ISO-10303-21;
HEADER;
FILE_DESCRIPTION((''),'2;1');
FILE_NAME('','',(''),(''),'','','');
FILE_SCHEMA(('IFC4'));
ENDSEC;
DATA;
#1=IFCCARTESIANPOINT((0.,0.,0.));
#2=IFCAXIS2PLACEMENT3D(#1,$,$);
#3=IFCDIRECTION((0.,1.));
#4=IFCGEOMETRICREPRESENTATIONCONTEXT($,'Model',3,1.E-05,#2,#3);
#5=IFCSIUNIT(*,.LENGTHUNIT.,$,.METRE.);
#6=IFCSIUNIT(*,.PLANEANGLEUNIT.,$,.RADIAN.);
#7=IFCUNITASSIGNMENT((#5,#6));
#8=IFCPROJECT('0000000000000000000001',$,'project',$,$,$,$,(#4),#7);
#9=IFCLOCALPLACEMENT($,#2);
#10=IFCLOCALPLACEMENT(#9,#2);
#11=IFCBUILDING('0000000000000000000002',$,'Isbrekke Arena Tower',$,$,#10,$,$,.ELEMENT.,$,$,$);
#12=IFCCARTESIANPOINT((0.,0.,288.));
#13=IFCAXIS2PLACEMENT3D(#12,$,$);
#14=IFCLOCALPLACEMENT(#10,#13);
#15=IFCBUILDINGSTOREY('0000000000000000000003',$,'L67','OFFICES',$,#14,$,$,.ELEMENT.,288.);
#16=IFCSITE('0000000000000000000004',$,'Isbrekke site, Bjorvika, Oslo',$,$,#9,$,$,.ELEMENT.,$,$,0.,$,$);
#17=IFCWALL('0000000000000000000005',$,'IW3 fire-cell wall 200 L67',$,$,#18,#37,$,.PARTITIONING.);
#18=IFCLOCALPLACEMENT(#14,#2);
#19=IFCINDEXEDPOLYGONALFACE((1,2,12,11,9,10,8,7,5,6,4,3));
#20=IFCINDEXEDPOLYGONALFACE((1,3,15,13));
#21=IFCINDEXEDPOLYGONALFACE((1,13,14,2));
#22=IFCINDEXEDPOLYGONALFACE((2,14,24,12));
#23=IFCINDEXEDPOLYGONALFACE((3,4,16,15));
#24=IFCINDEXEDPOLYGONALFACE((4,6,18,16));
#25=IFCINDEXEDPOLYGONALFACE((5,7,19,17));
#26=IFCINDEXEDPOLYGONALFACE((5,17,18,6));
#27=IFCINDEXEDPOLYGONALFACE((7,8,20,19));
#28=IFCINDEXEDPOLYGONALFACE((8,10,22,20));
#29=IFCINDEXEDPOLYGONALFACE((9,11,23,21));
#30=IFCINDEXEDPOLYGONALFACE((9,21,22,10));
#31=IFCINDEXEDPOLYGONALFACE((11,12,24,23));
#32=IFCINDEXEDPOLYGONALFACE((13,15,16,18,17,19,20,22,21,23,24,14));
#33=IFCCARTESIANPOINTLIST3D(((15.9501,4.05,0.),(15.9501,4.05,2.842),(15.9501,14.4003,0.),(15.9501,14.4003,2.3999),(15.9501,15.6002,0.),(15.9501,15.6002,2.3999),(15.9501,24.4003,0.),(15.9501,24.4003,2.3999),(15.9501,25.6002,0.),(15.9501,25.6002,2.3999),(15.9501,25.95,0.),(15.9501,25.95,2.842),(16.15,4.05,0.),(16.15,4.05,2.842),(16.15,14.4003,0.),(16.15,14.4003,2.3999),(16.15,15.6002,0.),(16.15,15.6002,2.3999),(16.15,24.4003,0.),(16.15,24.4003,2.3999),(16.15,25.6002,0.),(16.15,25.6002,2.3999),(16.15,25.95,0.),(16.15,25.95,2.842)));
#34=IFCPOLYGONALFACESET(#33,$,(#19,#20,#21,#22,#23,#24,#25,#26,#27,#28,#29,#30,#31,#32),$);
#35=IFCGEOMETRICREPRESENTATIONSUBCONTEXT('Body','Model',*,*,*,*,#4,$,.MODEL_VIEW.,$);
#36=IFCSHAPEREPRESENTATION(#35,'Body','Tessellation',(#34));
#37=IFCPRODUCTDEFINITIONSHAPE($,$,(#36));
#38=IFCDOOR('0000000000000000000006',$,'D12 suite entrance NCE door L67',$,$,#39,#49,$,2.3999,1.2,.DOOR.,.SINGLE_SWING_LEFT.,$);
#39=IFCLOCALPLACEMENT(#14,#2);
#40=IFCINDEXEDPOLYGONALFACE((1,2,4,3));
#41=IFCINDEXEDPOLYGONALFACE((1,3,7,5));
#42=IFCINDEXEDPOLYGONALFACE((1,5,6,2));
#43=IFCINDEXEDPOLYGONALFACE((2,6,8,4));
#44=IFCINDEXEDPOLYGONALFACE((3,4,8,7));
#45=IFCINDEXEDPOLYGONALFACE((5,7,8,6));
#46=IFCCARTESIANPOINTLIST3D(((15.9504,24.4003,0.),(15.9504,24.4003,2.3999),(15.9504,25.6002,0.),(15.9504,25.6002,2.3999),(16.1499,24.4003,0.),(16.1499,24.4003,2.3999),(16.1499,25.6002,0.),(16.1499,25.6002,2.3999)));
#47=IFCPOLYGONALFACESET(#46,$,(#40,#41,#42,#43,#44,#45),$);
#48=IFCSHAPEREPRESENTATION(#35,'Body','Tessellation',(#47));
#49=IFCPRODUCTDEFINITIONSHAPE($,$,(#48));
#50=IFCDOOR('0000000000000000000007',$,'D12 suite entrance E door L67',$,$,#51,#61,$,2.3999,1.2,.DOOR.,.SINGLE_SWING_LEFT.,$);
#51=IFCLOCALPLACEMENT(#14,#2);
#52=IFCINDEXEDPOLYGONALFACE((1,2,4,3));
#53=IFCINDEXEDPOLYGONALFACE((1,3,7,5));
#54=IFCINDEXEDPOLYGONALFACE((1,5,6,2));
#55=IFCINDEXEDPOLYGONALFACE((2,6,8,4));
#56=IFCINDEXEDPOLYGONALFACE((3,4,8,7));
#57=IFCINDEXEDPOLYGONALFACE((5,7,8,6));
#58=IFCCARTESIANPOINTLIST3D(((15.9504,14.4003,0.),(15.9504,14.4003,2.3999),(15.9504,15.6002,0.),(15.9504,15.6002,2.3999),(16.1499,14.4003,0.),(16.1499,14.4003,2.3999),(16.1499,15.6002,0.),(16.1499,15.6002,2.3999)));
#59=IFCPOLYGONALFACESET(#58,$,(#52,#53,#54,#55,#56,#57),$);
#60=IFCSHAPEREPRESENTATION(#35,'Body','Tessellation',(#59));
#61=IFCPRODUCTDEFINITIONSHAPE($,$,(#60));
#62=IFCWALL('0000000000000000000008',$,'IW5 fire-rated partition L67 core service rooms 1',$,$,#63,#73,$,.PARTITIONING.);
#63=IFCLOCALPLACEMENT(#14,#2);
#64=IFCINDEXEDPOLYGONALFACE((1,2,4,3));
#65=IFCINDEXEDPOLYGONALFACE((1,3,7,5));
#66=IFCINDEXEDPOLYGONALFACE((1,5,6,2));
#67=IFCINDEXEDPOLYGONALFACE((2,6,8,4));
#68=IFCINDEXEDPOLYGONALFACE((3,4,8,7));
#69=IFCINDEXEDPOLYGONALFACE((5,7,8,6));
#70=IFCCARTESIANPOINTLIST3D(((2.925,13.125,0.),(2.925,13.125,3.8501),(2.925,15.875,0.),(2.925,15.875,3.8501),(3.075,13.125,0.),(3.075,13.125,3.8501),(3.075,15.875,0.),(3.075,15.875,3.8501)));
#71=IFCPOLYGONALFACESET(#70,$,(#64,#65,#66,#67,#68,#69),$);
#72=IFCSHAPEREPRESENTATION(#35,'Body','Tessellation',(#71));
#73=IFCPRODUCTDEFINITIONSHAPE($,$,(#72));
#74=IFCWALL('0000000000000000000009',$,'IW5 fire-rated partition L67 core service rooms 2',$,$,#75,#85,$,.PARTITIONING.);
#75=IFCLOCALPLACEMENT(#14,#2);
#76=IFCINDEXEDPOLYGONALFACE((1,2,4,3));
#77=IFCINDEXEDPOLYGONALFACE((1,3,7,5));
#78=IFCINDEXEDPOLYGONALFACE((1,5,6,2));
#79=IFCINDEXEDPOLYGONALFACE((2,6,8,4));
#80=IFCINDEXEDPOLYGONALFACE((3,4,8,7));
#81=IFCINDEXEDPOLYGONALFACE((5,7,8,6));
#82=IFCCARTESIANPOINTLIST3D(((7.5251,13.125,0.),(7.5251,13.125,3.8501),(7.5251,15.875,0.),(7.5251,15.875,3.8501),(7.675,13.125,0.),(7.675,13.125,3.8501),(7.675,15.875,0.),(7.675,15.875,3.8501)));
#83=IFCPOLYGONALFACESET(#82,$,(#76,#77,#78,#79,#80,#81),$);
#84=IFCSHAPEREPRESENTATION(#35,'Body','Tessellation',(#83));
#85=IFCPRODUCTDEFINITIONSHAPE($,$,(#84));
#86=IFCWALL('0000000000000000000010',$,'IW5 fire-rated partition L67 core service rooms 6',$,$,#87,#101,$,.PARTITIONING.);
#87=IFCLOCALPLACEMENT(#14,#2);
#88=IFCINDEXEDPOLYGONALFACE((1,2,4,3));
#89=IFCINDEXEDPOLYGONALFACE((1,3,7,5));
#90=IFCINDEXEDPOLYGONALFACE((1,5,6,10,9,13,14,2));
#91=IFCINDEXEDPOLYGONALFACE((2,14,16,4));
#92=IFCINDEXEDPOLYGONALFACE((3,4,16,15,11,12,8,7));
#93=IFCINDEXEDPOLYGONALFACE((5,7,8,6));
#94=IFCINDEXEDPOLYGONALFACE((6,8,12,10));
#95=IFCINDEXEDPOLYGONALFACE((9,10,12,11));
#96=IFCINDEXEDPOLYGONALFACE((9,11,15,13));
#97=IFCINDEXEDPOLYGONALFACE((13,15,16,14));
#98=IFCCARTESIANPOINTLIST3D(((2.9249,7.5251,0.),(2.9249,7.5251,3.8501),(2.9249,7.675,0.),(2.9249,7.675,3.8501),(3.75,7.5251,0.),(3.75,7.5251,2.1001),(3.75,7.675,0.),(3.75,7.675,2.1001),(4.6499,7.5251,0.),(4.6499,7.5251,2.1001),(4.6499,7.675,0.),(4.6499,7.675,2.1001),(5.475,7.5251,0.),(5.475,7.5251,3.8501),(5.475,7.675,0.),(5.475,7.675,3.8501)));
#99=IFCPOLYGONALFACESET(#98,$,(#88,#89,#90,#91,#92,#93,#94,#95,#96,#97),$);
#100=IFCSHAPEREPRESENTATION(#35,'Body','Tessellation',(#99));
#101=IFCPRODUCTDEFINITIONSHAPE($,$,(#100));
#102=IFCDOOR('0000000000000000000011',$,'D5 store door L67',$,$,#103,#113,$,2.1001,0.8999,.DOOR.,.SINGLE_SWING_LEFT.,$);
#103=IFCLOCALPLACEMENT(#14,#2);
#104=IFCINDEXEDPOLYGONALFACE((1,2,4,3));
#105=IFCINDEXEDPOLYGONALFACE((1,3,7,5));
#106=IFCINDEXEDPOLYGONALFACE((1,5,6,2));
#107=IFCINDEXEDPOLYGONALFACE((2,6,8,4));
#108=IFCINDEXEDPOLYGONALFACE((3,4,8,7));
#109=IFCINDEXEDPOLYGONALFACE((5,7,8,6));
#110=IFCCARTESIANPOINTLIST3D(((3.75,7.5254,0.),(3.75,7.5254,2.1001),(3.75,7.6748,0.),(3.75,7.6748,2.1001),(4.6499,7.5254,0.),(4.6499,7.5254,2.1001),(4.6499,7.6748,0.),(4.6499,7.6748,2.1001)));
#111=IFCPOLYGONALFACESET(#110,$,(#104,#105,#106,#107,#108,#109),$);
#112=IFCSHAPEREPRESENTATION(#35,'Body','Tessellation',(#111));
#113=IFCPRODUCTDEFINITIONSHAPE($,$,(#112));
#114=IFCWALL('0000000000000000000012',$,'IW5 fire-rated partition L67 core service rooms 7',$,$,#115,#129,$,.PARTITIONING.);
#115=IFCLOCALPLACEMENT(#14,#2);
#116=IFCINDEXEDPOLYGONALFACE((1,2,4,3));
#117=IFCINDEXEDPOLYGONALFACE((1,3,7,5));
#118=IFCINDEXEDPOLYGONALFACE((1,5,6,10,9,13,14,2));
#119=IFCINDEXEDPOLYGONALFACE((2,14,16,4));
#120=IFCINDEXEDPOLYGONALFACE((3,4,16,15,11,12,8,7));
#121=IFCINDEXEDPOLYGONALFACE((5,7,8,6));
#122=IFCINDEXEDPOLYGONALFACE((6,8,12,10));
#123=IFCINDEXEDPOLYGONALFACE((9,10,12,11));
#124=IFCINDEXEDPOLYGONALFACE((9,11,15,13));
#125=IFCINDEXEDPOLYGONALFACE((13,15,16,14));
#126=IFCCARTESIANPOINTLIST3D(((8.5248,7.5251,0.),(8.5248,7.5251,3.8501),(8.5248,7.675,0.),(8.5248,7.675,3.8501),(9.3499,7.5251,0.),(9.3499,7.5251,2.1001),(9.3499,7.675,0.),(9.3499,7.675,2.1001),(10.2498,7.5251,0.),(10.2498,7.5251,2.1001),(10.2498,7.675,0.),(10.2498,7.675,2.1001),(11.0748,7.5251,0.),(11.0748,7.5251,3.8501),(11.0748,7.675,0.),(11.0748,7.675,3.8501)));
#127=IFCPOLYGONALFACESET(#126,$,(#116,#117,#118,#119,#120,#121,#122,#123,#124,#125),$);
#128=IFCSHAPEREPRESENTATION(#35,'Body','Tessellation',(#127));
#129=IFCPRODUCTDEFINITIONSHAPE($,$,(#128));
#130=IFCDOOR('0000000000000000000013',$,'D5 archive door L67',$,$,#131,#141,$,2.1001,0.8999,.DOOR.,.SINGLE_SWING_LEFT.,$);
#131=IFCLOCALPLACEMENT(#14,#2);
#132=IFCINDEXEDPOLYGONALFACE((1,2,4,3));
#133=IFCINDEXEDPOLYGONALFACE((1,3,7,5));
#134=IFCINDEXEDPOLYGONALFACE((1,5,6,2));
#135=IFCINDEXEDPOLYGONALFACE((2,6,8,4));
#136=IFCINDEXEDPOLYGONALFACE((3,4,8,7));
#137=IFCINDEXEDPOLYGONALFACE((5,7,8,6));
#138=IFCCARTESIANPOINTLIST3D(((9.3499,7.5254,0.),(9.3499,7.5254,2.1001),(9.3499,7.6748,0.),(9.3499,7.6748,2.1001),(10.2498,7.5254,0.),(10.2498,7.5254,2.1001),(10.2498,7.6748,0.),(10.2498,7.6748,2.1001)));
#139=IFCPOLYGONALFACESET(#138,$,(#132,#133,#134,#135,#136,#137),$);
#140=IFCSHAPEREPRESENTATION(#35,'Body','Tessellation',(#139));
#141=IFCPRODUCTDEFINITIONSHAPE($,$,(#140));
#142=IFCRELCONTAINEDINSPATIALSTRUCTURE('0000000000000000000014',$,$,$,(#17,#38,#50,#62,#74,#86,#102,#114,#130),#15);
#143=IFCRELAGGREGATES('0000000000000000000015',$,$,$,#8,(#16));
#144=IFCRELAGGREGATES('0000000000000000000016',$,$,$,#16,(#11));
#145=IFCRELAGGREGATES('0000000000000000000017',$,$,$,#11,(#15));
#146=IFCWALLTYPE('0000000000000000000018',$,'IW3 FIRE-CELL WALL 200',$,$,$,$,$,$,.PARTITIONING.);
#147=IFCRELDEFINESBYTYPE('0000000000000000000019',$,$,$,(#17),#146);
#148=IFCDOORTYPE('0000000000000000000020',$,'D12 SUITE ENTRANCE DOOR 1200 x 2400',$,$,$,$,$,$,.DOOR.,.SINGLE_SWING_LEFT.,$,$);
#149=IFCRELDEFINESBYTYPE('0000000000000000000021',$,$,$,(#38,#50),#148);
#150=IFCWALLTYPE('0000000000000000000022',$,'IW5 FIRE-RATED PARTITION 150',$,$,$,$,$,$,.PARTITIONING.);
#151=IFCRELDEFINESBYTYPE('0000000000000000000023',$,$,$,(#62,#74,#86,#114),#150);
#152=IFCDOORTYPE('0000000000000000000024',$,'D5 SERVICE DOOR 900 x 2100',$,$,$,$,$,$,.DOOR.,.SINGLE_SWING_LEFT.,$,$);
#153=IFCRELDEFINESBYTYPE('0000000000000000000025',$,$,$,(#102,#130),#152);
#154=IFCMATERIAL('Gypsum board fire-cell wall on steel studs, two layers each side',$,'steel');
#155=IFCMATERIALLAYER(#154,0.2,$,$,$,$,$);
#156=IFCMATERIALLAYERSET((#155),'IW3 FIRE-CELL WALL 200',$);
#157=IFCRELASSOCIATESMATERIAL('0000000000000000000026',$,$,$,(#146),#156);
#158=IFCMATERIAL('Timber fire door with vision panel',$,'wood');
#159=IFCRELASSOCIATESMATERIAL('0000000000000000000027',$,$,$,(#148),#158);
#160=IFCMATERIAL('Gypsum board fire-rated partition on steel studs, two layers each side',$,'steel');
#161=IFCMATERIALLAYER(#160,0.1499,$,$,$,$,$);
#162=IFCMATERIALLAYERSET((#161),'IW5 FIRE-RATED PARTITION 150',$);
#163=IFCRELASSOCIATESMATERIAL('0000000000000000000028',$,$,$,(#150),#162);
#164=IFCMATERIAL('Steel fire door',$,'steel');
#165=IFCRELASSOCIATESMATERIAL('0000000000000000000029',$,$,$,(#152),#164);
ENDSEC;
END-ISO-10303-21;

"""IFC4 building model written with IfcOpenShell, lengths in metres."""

from ifc_helpers import new_model, si_unit, direction, frame, frame_2d, origin, place, context, subcontext, project, spatial, rectangle, extrude, material, layer, layer_set, type_object, element, fill, save


model = new_model("IFC4")

# Units and contexts
model_context = context("Model", 3, precision=1e-05, world=origin(), true_north=direction((0.0, 1.0)))
body_context = subcontext(model_context, "Body", "Model", "MODEL_VIEW")
ifc_project = project(units=[si_unit("LENGTHUNIT", "METRE"), si_unit("PLANEANGLEUNIT", "RADIAN")], contexts=[model_context])

# Site, building, storey
site_placement = place(None, origin())
site = spatial("IfcSite", under=ifc_project, at=site_placement, Name="Isbrekke site, Bjorvika, Oslo", CompositionType="ELEMENT", RefElevation=0.0)
building_placement = place(site_placement, origin())
building = spatial("IfcBuilding", under=site, at=building_placement, Name="Isbrekke Arena Tower", CompositionType="ELEMENT")
storey_placement = place(building_placement, frame((0.0, 0.0, 288.0)))
storey = spatial("IfcBuildingStorey", under=building, at=storey_placement, Name="L67", Description="OFFICES", CompositionType="ELEMENT", Elevation=288.0)

# Wall, openings, doors
ifc_material_1 = material(Name="Gypsum board fire-cell wall on steel studs, two layers each side", Category="steel")
ifc_layer_1 = layer(ifc_material_1, 0.2)
ifc_layer_set_1 = layer_set([ifc_layer_1], Name="IW3 FIRE-CELL WALL 200")
wall_type_1 = type_object("IfcWallType", Name="IW3 FIRE-CELL WALL 200", PredefinedType="PARTITIONING", material=ifc_layer_set_1)
wall_1_placement = place(storey_placement, frame((16.05, 4.05, 0.0), z_axis=(0.0, 0.0, 1.0), x_axis=(0.0, 1.0, 0.0)))
wall_1 = element("IfcWall", 1, at=wall_1_placement, inside=storey, type_object=wall_type_1, Name="IW3 fire-cell wall 200 L67", PredefinedType="PARTITIONING", context=body_context, shape_type="SweptSolid", body=[
    extrude(rectangle(XDim=21.8999, YDim=0.2, at=frame_2d((10.95, 0.0))), origin(), (0.0, 0.0, 1.0), 2.842),
])
opening_1_placement = place(wall_1_placement, frame((20.3501, 0.0, 0.0)))
opening_1 = element("IfcOpeningElement", 2, at=opening_1_placement, cuts=wall_1, PredefinedType="OPENING", context=body_context, shape_type="SweptSolid", body=[
    extrude(rectangle(XDim=1.2, YDim=2.3999, at=frame_2d((0.6001, 1.2))), frame((0.0, 0.1147, 0.0), z_axis=(0.0, -1.0, 0.0), x_axis=(1.0, 0.0, 0.0)), (0.0, 0.0, 1.0), 0.2297),
])
opening_2_placement = place(wall_1_placement, frame((10.3501, 0.0, 0.0)))
opening_2 = element("IfcOpeningElement", 3, at=opening_2_placement, cuts=wall_1, PredefinedType="OPENING", context=body_context, shape_type="SweptSolid", body=[
    extrude(rectangle(XDim=1.2, YDim=2.3999, at=frame_2d((0.6001, 1.2))), frame((0.0, 0.1147, 0.0), z_axis=(0.0, -1.0, 0.0), x_axis=(1.0, 0.0, 0.0)), (0.0, 0.0, 1.0), 0.2297),
])
ifc_material_2 = material(Name="Timber fire door with vision panel", Category="wood")
door_type_1 = type_object("IfcDoorType", Name="D12 SUITE ENTRANCE DOOR 1200 x 2400", OperationType="SINGLE_SWING_LEFT", PredefinedType="DOOR", material=ifc_material_2)
door_1_placement = place(opening_1_placement, origin())
door_1 = element("IfcDoor", 4, at=door_1_placement, inside=storey, type_object=door_type_1, Name="D12 suite entrance NCE door L67", OperationType="SINGLE_SWING_LEFT", OverallHeight=2.3999, OverallWidth=1.2, PredefinedType="DOOR", context=body_context, shape_type="SweptSolid", body=[
    extrude(rectangle(XDim=1.2, YDim=2.3999, at=frame_2d((0.6001, 1.2))), frame((0.0, 0.0996, 0.0), z_axis=(0.0, -1.0, 0.0), x_axis=(1.0, 0.0, 0.0)), (0.0, 0.0, 1.0), 0.1995),
])
fill(opening_1, door_1)
door_2_placement = place(opening_2_placement, origin())
door_2 = element("IfcDoor", 5, at=door_2_placement, inside=storey, type_object=door_type_1, Name="D12 suite entrance E door L67", OperationType="SINGLE_SWING_LEFT", OverallHeight=2.3999, OverallWidth=1.2, PredefinedType="DOOR", context=body_context, shape_type="SweptSolid", body=[
    extrude(rectangle(XDim=1.2, YDim=2.3999, at=frame_2d((0.6001, 1.2))), frame((0.0, 0.0996, 0.0), z_axis=(0.0, -1.0, 0.0), x_axis=(1.0, 0.0, 0.0)), (0.0, 0.0, 1.0), 0.1995),
])
fill(opening_2, door_2)

# Walls
ifc_material_3 = material(Name="Gypsum board fire-rated partition on steel studs, two layers each side", Category="steel")
ifc_layer_2 = layer(ifc_material_3, 0.1499)
ifc_layer_set_2 = layer_set([ifc_layer_2], Name="IW5 FIRE-RATED PARTITION 150")
wall_type_2 = type_object("IfcWallType", Name="IW5 FIRE-RATED PARTITION 150", PredefinedType="PARTITIONING", material=ifc_layer_set_2)
for number, where, z_axis, x_axis, name in (
    (6, (3.0, 13.125, 0.0), (0.0, 0.0, 1.0), (0.0, 1.0, 0.0), "IW5 fire-rated partition L67 core service rooms 1"),
    (7, (7.6001, 13.125, 0.0), (0.0, 0.0, 1.0), (0.0, 1.0, 0.0), "IW5 fire-rated partition L67 core service rooms 2"),
):
    element("IfcWall", number, at=place(storey_placement, frame(where, z_axis=z_axis, x_axis=x_axis)), inside=storey, type_object=wall_type_2, Name=name, PredefinedType="PARTITIONING", context=body_context, shape_type="SweptSolid", body=[
        extrude(rectangle(XDim=2.75, YDim=0.1499, at=frame_2d((1.375, 0.0))), origin(), (0.0, 0.0, 1.0), 3.8501),
    ])

# Walls, openings, doors
wall_2_placement = place(storey_placement, frame((2.925, 7.6001, 0.0), z_axis=(0.0, 0.0, 1.0), x_axis=(1.0, 0.0, 0.0)))
wall_2 = element("IfcWall", 8, at=wall_2_placement, inside=storey, type_object=wall_type_2, Name="IW5 fire-rated partition L67 core service rooms 6", PredefinedType="PARTITIONING", context=body_context, shape_type="SweptSolid", body=[
    extrude(rectangle(XDim=2.55, YDim=0.1499, at=frame_2d((1.2749, 0.0))), origin(), (0.0, 0.0, 1.0), 3.8501),
])
opening_3_placement = place(wall_2_placement, frame((0.825, 0.0, 0.0)))
opening_3 = element("IfcOpeningElement", 9, at=opening_3_placement, cuts=wall_2, PredefinedType="OPENING", context=body_context, shape_type="SweptSolid", body=[
    extrude(rectangle(XDim=0.8999, YDim=2.1001, at=frame_2d((0.45, 1.05))), frame((0.0, 0.0898, 0.0), z_axis=(0.0, -1.0, 0.0), x_axis=(1.0, 0.0, 0.0)), (0.0, 0.0, 1.0), 0.1797),
])
ifc_material_4 = material(Name="Steel fire door", Category="steel")
door_type_2 = type_object("IfcDoorType", Name="D5 SERVICE DOOR 900 x 2100", OperationType="SINGLE_SWING_LEFT", PredefinedType="DOOR", material=ifc_material_4)
door_3_placement = place(opening_3_placement, origin())
door_3 = element("IfcDoor", 10, at=door_3_placement, inside=storey, type_object=door_type_2, Name="D5 store door L67", OperationType="SINGLE_SWING_LEFT", OverallHeight=2.1001, OverallWidth=0.8999, PredefinedType="DOOR", context=body_context, shape_type="SweptSolid", body=[
    extrude(rectangle(XDim=0.8999, YDim=2.1001, at=frame_2d((0.45, 1.05))), frame((0.0, 0.0747, 0.0), z_axis=(0.0, -1.0, 0.0), x_axis=(1.0, 0.0, 0.0)), (0.0, 0.0, 1.0), 0.1494),
])
fill(opening_3, door_3)
wall_3_placement = place(storey_placement, frame((8.5249, 7.6001, 0.0), z_axis=(0.0, 0.0, 1.0), x_axis=(1.0, 0.0, 0.0)))
wall_3 = element("IfcWall", 11, at=wall_3_placement, inside=storey, type_object=wall_type_2, Name="IW5 fire-rated partition L67 core service rooms 7", PredefinedType="PARTITIONING", context=body_context, shape_type="SweptSolid", body=[
    extrude(rectangle(XDim=2.55, YDim=0.1499, at=frame_2d((1.2749, 0.0))), origin(), (0.0, 0.0, 1.0), 3.8501),
])
opening_4_placement = place(wall_3_placement, frame((0.825, 0.0, 0.0)))
opening_4 = element("IfcOpeningElement", 12, at=opening_4_placement, cuts=wall_3, PredefinedType="OPENING", context=body_context, shape_type="SweptSolid", body=[
    extrude(rectangle(XDim=0.8999, YDim=2.1001, at=frame_2d((0.45, 1.05))), frame((0.0, 0.0898, 0.0), z_axis=(0.0, -1.0, 0.0), x_axis=(1.0, 0.0, 0.0)), (0.0, 0.0, 1.0), 0.1797),
])
door_4_placement = place(opening_4_placement, origin())
door_4 = element("IfcDoor", 13, at=door_4_placement, inside=storey, type_object=door_type_2, Name="D5 archive door L67", OperationType="SINGLE_SWING_LEFT", OverallHeight=2.1001, OverallWidth=0.8999, PredefinedType="DOOR", context=body_context, shape_type="SweptSolid", body=[
    extrude(rectangle(XDim=0.8999, YDim=2.1001, at=frame_2d((0.45, 1.05))), frame((0.0, 0.0747, 0.0), z_axis=(0.0, -1.0, 0.0), x_axis=(1.0, 0.0, 0.0)), (0.0, 0.0, 1.0), 0.1494),
])
fill(opening_4, door_4)

save(model, "model.ifc")
